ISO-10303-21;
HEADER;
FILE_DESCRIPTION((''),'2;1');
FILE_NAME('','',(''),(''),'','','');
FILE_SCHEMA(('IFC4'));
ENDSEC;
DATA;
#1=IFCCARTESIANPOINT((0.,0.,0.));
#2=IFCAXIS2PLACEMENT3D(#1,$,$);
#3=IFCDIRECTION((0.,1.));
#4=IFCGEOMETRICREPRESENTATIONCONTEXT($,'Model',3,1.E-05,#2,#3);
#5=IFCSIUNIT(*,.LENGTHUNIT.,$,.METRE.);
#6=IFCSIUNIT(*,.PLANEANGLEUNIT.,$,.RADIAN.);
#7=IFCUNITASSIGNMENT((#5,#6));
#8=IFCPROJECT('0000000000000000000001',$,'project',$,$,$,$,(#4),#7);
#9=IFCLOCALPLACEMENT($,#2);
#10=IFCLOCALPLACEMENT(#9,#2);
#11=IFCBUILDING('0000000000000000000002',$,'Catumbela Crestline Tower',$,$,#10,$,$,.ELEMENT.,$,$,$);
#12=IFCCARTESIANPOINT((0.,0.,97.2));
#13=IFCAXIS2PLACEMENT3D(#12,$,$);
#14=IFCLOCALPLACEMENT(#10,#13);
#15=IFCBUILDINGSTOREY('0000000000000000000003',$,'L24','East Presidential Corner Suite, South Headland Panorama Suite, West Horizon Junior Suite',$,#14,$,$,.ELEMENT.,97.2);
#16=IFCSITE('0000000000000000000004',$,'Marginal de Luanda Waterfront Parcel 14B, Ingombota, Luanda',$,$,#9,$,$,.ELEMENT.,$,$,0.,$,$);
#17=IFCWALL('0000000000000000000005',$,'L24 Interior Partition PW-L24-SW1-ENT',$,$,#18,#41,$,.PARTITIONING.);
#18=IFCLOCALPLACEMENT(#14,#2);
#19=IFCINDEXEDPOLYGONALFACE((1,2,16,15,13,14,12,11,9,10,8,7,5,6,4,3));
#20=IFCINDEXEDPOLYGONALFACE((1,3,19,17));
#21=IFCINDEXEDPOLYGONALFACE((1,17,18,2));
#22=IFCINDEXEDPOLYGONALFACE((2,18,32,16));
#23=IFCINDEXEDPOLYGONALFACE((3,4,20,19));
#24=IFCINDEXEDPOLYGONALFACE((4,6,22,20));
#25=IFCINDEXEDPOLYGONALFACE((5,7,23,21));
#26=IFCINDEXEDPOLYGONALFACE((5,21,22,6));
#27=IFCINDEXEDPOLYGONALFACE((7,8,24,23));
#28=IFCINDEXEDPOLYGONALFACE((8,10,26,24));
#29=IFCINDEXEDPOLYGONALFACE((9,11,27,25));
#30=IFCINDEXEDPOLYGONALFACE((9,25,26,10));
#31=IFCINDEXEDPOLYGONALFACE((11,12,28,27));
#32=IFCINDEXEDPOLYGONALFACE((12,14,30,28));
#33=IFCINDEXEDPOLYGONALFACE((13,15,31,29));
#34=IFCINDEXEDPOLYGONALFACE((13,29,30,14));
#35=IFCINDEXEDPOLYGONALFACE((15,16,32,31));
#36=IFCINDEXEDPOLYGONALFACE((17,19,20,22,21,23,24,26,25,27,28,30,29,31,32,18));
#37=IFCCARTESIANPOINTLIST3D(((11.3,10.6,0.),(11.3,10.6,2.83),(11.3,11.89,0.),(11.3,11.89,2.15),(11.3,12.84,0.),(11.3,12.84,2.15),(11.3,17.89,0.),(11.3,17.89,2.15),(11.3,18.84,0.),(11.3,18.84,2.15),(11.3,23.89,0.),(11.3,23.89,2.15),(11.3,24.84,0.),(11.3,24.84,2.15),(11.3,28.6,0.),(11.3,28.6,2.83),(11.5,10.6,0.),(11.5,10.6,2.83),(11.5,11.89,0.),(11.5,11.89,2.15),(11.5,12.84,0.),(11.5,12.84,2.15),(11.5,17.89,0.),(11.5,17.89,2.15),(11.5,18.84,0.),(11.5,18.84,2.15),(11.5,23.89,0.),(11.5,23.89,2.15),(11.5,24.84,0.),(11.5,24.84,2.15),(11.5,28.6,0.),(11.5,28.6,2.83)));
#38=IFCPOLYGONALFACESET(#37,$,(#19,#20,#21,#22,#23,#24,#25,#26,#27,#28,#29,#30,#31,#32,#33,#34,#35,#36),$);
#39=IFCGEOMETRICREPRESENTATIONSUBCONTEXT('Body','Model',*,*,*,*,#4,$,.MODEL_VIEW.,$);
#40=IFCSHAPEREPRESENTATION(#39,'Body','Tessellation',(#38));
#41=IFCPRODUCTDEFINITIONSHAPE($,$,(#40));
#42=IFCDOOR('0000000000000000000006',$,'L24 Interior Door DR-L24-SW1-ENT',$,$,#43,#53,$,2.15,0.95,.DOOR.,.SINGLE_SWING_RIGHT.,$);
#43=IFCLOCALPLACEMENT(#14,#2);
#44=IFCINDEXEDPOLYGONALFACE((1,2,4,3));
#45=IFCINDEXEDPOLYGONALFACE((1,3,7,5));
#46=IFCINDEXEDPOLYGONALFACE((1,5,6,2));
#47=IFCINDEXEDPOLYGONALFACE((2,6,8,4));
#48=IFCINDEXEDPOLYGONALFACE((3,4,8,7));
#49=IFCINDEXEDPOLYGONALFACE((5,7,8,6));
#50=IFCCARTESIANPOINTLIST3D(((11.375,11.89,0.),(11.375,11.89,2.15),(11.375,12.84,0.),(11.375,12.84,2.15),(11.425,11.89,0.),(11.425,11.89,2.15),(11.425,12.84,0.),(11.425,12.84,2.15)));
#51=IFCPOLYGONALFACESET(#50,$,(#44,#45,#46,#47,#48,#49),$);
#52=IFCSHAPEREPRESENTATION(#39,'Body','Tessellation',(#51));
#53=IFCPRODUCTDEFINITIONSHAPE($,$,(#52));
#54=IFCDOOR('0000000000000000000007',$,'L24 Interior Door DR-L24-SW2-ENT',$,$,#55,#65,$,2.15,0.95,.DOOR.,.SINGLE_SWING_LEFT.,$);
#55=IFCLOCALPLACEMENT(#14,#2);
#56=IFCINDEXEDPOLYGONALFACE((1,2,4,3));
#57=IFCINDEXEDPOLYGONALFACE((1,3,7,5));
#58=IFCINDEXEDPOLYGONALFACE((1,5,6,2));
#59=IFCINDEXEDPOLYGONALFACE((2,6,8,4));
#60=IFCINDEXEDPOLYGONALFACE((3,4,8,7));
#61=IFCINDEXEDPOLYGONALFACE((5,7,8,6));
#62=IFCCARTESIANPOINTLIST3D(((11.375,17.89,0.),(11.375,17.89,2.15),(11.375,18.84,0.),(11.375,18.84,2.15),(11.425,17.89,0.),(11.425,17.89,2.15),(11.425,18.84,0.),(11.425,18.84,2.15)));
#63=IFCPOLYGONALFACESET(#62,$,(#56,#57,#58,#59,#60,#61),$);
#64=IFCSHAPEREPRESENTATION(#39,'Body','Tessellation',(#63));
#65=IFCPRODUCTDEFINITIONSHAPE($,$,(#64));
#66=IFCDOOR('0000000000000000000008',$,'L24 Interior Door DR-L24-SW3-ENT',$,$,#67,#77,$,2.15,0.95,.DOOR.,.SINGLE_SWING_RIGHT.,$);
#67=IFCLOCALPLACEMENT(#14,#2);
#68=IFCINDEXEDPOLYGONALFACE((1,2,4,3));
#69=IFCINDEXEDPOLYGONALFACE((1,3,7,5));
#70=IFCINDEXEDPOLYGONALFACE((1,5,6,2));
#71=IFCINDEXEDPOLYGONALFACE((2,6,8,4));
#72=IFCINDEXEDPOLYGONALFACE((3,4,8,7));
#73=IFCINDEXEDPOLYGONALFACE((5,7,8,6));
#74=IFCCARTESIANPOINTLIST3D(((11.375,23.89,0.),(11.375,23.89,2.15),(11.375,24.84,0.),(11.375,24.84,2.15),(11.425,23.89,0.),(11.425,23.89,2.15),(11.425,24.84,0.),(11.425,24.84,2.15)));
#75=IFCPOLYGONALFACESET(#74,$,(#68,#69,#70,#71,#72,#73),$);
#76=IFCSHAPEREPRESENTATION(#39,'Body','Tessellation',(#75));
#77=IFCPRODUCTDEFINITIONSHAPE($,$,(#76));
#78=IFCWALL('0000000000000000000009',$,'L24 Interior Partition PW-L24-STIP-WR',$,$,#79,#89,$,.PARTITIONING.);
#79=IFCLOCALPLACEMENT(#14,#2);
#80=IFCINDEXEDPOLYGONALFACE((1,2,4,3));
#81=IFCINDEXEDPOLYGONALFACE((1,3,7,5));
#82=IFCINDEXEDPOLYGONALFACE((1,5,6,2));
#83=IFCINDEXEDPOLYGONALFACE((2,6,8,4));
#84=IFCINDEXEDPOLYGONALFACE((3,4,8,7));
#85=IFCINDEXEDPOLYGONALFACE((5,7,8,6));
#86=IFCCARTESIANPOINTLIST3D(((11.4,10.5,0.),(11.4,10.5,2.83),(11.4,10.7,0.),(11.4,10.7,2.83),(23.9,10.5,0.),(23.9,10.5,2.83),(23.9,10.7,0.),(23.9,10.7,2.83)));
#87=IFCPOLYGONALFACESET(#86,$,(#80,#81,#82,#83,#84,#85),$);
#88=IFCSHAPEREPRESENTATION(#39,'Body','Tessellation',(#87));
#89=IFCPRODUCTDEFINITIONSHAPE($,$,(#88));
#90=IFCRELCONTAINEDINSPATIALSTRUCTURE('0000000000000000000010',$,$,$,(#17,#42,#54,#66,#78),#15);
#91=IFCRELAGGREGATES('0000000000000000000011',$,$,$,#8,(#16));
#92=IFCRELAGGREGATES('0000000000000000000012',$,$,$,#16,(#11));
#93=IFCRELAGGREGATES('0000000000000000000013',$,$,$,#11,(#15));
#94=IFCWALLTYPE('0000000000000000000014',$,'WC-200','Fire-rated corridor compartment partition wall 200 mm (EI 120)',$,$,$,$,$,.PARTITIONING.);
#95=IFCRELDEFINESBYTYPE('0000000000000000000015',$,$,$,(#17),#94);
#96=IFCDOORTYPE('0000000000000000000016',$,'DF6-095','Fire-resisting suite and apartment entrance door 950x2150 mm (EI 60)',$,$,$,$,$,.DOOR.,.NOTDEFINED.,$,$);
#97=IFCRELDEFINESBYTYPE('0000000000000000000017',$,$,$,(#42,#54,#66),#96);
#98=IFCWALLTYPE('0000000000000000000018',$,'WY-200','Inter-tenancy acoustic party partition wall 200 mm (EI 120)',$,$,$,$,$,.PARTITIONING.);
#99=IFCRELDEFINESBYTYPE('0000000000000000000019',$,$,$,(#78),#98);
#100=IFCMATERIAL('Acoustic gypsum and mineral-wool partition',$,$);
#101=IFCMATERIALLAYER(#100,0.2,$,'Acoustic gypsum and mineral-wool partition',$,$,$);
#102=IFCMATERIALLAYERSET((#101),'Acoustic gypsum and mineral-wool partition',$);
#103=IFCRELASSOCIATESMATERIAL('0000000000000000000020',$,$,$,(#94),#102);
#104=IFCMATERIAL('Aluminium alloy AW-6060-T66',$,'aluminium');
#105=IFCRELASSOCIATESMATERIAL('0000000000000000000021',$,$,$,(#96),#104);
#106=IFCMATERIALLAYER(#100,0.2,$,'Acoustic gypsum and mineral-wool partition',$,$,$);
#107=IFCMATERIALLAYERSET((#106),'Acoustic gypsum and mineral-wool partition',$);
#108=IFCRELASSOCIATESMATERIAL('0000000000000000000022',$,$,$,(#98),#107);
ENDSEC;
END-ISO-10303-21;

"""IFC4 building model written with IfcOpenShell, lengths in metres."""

from ifc_helpers import new_model, si_unit, direction, frame, frame_2d, origin, place, context, subcontext, project, spatial, rectangle, extrude, material, layer, layer_set, type_object, element, fill, save


model = new_model("IFC4")

# Units and contexts
model_context = context("Model", 3, precision=1e-05, world=origin(), true_north=direction((0.0, 1.0)))
body_context = subcontext(model_context, "Body", "Model", "MODEL_VIEW")
ifc_project = project(units=[si_unit("LENGTHUNIT", "METRE"), si_unit("PLANEANGLEUNIT", "RADIAN")], contexts=[model_context])

# Site, building, storey
site_placement = place(None, origin())
site = spatial("IfcSite", under=ifc_project, at=site_placement, Name="Marginal de Luanda Waterfront Parcel 14B, Ingombota, Luanda", CompositionType="ELEMENT", RefElevation=0.0)
building_placement = place(site_placement, origin())
building = spatial("IfcBuilding", under=site, at=building_placement, Name="Catumbela Crestline Tower", CompositionType="ELEMENT")
storey_placement = place(building_placement, frame((0.0, 0.0, 97.2)))
storey = spatial("IfcBuildingStorey", under=building, at=storey_placement, Name="L24", Description="East Presidential Corner Suite, South Headland Panorama Suite, West Horizon Junior Suite", CompositionType="ELEMENT", Elevation=97.2)

# Shared definitions
ifc_material_1 = material(Name="Acoustic gypsum and mineral-wool partition")
ifc_layer_1 = layer(ifc_material_1, 0.2, Name="Acoustic gypsum and mineral-wool partition")
ifc_layer_set_1 = layer_set([ifc_layer_1], Name="Acoustic gypsum and mineral-wool partition")
wall_type_1 = type_object("IfcWallType", Name="WC-200", Description="Fire-rated corridor compartment partition wall 200 mm (EI 120)", PredefinedType="PARTITIONING", material=ifc_layer_set_1)
ifc_material_2 = material(Name="Aluminium alloy AW-6060-T66", Category="aluminium")
door_type = type_object("IfcDoorType", Name="DF6-095", Description="Fire-resisting suite and apartment entrance door 950x2150 mm (EI 60)", OperationType="NOTDEFINED", PredefinedType="DOOR", material=ifc_material_2)

# Wall, openings, doors
wall_1_placement = place(storey_placement, frame((11.4, 10.6, 0.0), z_axis=(0.0, 0.0, 1.0), x_axis=(0.0, 1.0, 0.0)))
wall_1 = element("IfcWall", 1, at=wall_1_placement, inside=storey, type_object=wall_type_1, Name="L24 Interior Partition PW-L24-SW1-ENT", PredefinedType="PARTITIONING", context=body_context, shape_type="SweptSolid", body=[
    extrude(rectangle(XDim=18.0, YDim=0.2, at=frame_2d((9.0, 0.0))), origin(), (0.0, 0.0, 1.0), 2.83),
])
opening_1_placement = place(wall_1_placement, frame((1.29, 0.0, 0.0)))
opening_1 = element("IfcOpeningElement", 2, at=opening_1_placement, cuts=wall_1, PredefinedType="OPENING", context=body_context, shape_type="SweptSolid", body=[
    extrude(rectangle(XDim=0.95, YDim=2.15, at=frame_2d((0.475, 1.075))), frame((0.0, 0.11, 0.0), z_axis=(0.0, -1.0, 0.0), x_axis=(1.0, 0.0, 0.0)), (0.0, 0.0, 1.0), 0.22),
])
opening_2_placement = place(wall_1_placement, frame((7.29, 0.0, 0.0)))
opening_2 = element("IfcOpeningElement", 3, at=opening_2_placement, cuts=wall_1, PredefinedType="OPENING", context=body_context, shape_type="SweptSolid", body=[
    extrude(rectangle(XDim=0.95, YDim=2.15, at=frame_2d((0.475, 1.075))), frame((0.0, 0.11, 0.0), z_axis=(0.0, -1.0, 0.0), x_axis=(1.0, 0.0, 0.0)), (0.0, 0.0, 1.0), 0.22),
])
opening_3_placement = place(wall_1_placement, frame((13.29, 0.0, 0.0)))
opening_3 = element("IfcOpeningElement", 4, at=opening_3_placement, cuts=wall_1, PredefinedType="OPENING", context=body_context, shape_type="SweptSolid", body=[
    extrude(rectangle(XDim=0.95, YDim=2.15, at=frame_2d((0.475, 1.075))), frame((0.0, 0.11, 0.0), z_axis=(0.0, -1.0, 0.0), x_axis=(1.0, 0.0, 0.0)), (0.0, 0.0, 1.0), 0.22),
])
door_1_placement = place(opening_1_placement, origin())
door_1 = element("IfcDoor", 5, at=door_1_placement, inside=storey, type_object=door_type, Name="L24 Interior Door DR-L24-SW1-ENT", OperationType="SINGLE_SWING_RIGHT", OverallHeight=2.15, OverallWidth=0.95, PredefinedType="DOOR", context=body_context, shape_type="SweptSolid", body=[
    extrude(rectangle(XDim=0.95, YDim=2.15, at=frame_2d((0.475, 1.075))), frame((0.0, 0.025, 0.0), z_axis=(0.0, -1.0, 0.0), x_axis=(1.0, 0.0, 0.0)), (0.0, 0.0, 1.0), 0.05),
])
fill(opening_1, door_1)
door_2_placement = place(opening_2_placement, origin())
door_2 = element("IfcDoor", 6, at=door_2_placement, inside=storey, type_object=door_type, Name="L24 Interior Door DR-L24-SW2-ENT", OperationType="SINGLE_SWING_LEFT", OverallHeight=2.15, OverallWidth=0.95, PredefinedType="DOOR", context=body_context, shape_type="SweptSolid", body=[
    extrude(rectangle(XDim=0.95, YDim=2.15, at=frame_2d((0.475, 1.075))), frame((0.0, 0.025, 0.0), z_axis=(0.0, -1.0, 0.0), x_axis=(1.0, 0.0, 0.0)), (0.0, 0.0, 1.0), 0.05),
])
fill(opening_2, door_2)
door_3_placement = place(opening_3_placement, origin())
door_3 = element("IfcDoor", 7, at=door_3_placement, inside=storey, type_object=door_type, Name="L24 Interior Door DR-L24-SW3-ENT", OperationType="SINGLE_SWING_RIGHT", OverallHeight=2.15, OverallWidth=0.95, PredefinedType="DOOR", context=body_context, shape_type="SweptSolid", body=[
    extrude(rectangle(XDim=0.95, YDim=2.15, at=frame_2d((0.475, 1.075))), frame((0.0, 0.025, 0.0), z_axis=(0.0, -1.0, 0.0), x_axis=(1.0, 0.0, 0.0)), (0.0, 0.0, 1.0), 0.05),
])
fill(opening_3, door_3)

# Wall
ifc_layer_2 = layer(ifc_material_1, 0.2, Name="Acoustic gypsum and mineral-wool partition")
ifc_layer_set_2 = layer_set([ifc_layer_2], Name="Acoustic gypsum and mineral-wool partition")
wall_type_2 = type_object("IfcWallType", Name="WY-200", Description="Inter-tenancy acoustic party partition wall 200 mm (EI 120)", PredefinedType="PARTITIONING", material=ifc_layer_set_2)
wall_2_placement = place(storey_placement, frame((11.4, 10.6, 0.0), z_axis=(0.0, 0.0, 1.0), x_axis=(1.0, 0.0, 0.0)))
element("IfcWall", 8, at=wall_2_placement, inside=storey, type_object=wall_type_2, Name="L24 Interior Partition PW-L24-STIP-WR", PredefinedType="PARTITIONING", context=body_context, shape_type="SweptSolid", body=[
    extrude(rectangle(XDim=12.5, YDim=0.2, at=frame_2d((6.25, 0.0))), origin(), (0.0, 0.0, 1.0), 2.83),
])

save(model, "model.ifc")
